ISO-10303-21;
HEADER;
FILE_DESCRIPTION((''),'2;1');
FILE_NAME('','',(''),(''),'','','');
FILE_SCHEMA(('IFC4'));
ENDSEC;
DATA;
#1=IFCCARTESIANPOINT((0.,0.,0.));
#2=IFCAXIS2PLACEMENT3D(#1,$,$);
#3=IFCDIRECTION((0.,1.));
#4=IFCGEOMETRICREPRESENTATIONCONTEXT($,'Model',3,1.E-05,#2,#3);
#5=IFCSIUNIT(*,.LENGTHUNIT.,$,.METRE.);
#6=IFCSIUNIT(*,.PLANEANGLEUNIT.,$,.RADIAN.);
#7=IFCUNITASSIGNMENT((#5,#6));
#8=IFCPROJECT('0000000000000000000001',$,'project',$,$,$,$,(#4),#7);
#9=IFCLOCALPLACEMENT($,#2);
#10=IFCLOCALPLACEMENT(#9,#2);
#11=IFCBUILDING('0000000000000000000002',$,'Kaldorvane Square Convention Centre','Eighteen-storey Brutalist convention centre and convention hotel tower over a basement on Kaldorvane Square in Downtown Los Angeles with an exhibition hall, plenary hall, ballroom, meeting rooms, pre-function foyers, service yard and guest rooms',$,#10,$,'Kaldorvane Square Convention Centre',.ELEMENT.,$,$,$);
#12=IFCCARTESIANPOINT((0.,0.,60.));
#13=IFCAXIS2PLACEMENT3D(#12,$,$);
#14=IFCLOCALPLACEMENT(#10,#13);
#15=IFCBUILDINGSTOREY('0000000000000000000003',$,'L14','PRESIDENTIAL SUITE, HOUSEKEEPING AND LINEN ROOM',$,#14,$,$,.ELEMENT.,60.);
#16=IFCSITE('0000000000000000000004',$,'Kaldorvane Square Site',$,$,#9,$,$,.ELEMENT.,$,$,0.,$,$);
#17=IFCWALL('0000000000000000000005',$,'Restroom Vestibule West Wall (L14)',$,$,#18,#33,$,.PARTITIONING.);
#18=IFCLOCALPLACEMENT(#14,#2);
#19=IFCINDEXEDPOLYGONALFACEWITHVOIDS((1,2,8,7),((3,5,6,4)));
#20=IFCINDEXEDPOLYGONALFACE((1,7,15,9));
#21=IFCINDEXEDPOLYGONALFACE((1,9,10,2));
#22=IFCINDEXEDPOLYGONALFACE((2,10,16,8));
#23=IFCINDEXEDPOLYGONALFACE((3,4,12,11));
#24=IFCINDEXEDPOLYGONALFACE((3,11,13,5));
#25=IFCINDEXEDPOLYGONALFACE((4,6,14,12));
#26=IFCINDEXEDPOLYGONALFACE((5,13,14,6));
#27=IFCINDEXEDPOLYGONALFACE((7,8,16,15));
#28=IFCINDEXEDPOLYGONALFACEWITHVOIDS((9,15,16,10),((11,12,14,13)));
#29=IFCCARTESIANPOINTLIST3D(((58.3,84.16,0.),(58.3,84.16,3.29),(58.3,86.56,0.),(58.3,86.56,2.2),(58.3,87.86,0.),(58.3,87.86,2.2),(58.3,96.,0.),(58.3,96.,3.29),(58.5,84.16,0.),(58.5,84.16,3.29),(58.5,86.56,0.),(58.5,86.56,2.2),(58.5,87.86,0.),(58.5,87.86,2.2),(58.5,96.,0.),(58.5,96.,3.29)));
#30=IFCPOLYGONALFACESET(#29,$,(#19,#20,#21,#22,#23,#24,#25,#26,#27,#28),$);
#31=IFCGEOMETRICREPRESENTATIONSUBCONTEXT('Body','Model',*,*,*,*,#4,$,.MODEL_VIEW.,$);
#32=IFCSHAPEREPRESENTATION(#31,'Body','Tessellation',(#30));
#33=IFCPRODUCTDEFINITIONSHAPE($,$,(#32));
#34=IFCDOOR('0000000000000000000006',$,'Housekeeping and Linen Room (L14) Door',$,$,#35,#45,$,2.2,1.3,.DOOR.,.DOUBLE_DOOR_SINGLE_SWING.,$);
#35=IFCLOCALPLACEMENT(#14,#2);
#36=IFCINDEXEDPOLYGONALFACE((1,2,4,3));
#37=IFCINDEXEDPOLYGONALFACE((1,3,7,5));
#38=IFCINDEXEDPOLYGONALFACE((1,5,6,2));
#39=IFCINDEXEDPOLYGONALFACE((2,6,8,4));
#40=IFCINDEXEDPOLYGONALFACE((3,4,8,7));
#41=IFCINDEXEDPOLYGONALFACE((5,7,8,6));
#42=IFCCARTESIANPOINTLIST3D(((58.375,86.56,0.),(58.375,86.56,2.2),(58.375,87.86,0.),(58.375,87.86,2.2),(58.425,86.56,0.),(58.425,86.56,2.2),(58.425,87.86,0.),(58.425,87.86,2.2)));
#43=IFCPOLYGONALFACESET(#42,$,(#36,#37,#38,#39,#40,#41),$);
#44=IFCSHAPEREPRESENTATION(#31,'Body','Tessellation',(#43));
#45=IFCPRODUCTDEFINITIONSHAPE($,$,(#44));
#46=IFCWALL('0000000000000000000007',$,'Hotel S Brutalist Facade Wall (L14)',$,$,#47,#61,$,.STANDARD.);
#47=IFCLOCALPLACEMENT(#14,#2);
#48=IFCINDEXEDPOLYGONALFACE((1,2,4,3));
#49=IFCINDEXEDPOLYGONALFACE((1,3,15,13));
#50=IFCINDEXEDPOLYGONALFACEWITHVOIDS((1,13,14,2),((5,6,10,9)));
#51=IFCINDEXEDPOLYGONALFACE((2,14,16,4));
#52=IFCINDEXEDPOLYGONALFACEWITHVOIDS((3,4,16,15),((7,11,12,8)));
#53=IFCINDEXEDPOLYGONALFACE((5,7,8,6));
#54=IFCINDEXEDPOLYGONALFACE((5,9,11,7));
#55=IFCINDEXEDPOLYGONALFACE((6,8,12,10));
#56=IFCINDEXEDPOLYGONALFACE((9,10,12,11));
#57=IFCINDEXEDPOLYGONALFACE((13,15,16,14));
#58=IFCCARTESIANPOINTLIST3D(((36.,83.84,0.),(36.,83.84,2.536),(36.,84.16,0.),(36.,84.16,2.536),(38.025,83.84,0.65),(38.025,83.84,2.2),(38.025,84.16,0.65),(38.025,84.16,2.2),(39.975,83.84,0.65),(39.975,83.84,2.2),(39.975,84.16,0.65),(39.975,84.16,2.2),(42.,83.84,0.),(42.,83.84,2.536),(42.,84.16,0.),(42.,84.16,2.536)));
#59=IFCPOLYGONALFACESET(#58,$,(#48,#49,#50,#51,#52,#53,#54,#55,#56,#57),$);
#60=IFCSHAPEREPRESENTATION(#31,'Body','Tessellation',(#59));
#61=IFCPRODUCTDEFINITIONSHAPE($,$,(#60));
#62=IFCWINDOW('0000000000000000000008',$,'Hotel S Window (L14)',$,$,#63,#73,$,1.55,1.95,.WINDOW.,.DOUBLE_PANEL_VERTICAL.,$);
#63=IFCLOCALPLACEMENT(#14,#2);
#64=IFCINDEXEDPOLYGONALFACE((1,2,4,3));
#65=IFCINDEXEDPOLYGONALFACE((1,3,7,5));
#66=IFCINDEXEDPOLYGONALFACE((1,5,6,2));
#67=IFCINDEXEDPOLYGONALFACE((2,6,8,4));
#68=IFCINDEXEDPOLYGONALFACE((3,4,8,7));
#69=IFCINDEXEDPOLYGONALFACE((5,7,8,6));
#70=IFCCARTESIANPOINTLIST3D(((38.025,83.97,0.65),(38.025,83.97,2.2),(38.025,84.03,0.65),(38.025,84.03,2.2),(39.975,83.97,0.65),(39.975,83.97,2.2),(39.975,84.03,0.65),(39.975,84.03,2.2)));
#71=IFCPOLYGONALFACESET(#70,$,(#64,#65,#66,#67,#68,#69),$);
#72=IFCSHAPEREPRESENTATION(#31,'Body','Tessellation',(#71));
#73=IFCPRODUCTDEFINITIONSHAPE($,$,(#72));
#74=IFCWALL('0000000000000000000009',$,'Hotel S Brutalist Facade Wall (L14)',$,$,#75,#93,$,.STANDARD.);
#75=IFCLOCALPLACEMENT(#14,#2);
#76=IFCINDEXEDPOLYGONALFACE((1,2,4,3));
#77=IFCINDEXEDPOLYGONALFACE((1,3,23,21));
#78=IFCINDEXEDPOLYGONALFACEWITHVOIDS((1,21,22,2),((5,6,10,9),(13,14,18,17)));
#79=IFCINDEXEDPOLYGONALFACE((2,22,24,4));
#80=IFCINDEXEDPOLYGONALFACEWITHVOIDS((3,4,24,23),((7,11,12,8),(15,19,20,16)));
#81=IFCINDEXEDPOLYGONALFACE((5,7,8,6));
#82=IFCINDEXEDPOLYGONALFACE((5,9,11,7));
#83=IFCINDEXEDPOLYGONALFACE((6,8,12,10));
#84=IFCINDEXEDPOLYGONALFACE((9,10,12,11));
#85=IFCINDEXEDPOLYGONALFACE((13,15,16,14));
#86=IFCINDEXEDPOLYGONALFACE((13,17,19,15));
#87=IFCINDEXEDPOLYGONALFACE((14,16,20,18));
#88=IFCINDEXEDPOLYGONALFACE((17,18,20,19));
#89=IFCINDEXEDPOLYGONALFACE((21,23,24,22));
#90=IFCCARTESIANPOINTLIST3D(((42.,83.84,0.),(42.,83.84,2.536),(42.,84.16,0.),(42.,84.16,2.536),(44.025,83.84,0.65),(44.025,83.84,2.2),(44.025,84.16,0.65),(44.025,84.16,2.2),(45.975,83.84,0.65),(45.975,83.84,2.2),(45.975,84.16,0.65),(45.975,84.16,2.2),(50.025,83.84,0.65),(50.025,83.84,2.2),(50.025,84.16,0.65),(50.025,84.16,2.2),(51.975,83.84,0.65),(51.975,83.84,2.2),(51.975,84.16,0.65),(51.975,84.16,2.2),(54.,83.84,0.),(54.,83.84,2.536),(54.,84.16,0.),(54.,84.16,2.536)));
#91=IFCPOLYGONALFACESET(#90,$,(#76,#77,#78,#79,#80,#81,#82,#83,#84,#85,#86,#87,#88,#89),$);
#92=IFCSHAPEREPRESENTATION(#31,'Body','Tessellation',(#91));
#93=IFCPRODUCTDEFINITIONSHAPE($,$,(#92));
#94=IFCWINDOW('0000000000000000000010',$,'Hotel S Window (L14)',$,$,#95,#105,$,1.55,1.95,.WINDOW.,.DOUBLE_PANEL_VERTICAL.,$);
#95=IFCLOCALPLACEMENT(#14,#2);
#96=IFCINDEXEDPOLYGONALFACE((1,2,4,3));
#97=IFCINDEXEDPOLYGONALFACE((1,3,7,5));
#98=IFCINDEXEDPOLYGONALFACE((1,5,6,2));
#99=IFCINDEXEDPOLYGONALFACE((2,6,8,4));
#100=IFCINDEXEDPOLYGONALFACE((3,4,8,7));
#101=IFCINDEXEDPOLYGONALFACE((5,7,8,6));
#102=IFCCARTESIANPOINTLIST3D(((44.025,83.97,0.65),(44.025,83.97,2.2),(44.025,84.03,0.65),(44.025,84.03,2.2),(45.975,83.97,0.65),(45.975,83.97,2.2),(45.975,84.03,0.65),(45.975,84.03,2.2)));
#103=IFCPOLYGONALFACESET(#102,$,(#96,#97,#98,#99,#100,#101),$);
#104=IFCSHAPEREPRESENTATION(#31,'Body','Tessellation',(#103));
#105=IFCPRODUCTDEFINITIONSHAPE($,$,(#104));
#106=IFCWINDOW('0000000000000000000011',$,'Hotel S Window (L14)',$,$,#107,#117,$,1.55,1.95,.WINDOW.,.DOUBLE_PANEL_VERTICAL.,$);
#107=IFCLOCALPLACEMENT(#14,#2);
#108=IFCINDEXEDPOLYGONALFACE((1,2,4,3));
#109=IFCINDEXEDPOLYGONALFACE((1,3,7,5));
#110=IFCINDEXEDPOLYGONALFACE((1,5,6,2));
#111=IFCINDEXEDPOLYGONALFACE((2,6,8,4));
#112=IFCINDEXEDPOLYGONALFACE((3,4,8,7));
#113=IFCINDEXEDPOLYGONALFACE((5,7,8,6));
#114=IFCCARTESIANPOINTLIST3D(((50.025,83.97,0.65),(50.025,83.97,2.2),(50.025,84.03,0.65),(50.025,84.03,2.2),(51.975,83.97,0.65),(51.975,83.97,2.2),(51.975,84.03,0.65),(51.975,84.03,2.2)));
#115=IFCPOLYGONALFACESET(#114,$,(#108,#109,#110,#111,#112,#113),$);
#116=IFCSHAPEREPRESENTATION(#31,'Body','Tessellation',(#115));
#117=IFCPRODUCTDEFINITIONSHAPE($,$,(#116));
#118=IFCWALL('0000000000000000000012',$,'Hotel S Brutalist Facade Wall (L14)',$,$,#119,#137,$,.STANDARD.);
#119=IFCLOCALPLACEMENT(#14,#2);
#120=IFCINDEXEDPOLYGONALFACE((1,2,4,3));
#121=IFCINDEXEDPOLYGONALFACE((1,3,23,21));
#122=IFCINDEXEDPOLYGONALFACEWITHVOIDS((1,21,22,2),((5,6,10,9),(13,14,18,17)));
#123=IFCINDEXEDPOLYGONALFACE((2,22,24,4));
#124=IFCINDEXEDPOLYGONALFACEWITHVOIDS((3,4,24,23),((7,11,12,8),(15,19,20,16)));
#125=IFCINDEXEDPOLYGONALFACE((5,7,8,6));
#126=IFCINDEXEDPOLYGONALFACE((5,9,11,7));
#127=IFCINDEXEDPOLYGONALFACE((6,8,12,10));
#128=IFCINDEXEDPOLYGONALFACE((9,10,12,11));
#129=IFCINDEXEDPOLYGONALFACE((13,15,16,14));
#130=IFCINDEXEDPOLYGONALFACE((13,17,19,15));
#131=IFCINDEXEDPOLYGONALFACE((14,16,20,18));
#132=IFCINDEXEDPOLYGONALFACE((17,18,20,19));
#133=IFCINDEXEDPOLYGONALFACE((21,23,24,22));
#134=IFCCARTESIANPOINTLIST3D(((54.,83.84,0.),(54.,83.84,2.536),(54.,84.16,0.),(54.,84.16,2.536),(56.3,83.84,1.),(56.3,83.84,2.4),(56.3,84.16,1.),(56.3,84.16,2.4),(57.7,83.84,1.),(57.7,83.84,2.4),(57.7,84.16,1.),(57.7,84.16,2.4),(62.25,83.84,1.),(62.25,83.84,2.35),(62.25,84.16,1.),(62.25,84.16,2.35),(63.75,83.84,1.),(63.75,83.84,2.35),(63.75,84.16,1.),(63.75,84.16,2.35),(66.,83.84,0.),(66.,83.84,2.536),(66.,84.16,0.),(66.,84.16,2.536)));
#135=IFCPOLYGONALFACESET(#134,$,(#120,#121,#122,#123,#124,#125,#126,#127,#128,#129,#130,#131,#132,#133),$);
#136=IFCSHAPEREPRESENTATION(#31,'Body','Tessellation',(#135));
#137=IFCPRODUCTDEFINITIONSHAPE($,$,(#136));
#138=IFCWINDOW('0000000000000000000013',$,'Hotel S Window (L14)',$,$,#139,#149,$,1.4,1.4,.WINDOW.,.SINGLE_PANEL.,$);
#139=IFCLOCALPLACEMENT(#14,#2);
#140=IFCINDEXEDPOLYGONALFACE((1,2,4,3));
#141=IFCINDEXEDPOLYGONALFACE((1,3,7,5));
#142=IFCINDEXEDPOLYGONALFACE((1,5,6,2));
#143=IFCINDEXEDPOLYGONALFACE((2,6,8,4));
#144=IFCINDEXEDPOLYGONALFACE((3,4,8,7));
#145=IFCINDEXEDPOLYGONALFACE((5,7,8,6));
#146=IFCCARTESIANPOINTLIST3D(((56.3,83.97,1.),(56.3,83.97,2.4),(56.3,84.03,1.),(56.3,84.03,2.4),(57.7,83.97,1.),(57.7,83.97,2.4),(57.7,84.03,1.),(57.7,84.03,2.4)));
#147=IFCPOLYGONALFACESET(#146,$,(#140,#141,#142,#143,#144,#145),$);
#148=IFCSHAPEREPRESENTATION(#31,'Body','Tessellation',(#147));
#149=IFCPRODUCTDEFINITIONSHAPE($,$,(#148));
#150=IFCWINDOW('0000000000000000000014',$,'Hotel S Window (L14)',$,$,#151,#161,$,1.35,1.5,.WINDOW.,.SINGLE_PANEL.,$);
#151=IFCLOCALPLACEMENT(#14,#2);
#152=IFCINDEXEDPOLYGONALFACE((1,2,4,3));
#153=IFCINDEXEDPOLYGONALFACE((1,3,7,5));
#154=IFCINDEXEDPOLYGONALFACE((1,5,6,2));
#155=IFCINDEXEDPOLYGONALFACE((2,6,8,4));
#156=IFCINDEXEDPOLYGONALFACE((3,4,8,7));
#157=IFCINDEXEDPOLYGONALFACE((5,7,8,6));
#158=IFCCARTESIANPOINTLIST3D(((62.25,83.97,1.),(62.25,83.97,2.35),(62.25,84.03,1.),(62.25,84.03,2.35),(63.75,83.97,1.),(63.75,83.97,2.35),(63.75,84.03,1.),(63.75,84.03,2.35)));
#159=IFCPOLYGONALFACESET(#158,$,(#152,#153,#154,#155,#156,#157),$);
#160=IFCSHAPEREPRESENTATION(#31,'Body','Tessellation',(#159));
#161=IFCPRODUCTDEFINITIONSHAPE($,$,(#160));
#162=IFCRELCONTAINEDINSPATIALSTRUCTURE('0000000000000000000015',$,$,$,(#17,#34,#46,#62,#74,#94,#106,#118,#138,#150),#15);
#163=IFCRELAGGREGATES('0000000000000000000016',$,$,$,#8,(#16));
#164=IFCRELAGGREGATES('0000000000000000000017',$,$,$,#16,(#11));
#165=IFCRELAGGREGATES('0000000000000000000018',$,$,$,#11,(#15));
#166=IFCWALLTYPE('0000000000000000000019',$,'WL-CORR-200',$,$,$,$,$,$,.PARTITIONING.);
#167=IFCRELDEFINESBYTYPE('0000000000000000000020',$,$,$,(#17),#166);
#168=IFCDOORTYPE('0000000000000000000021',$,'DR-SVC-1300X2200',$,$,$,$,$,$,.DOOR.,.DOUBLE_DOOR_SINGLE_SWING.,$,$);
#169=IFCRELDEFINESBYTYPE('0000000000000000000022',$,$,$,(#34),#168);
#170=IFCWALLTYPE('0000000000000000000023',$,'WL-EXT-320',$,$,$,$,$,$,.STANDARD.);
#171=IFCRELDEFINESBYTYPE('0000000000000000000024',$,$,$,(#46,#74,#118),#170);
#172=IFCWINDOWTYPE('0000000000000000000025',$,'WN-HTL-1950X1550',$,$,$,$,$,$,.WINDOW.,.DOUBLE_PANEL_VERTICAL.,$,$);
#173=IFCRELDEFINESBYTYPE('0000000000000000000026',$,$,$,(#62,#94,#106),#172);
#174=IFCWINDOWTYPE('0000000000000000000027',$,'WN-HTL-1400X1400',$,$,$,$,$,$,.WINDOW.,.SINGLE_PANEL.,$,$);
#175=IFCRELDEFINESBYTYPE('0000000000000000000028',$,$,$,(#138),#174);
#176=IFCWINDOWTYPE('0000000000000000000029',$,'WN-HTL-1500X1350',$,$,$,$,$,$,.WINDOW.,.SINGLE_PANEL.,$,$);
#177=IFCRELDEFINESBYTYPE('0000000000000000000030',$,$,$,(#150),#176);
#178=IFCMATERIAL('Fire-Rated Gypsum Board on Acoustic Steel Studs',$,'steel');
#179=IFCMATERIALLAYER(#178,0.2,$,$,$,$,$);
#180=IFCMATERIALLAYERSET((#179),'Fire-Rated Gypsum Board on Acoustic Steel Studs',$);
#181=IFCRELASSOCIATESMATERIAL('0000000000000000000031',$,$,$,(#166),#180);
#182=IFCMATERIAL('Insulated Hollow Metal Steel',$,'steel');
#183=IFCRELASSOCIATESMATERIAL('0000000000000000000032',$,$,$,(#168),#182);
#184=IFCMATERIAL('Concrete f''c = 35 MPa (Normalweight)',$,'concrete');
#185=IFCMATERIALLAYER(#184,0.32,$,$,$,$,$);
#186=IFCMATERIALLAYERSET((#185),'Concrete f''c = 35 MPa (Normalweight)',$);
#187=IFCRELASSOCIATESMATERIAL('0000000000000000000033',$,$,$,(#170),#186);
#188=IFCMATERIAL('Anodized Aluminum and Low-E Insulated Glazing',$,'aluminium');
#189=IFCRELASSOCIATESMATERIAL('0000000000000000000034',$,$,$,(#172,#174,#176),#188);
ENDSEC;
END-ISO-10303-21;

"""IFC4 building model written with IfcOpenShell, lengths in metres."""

from ifc_helpers import new_model, si_unit, direction, frame, frame_2d, origin, place, context, subcontext, project, spatial, rectangle, extrude, material, layer, layer_set, type_object, element, fill, save


model = new_model("IFC4")

# Units and contexts
model_context = context("Model", 3, precision=1e-05, world=origin(), true_north=direction((0.0, 1.0)))
body_context = subcontext(model_context, "Body", "Model", "MODEL_VIEW")
ifc_project = project(units=[si_unit("LENGTHUNIT", "METRE"), si_unit("PLANEANGLEUNIT", "RADIAN")], contexts=[model_context])

# Site, building, storey
site_placement = place(None, origin())
site = spatial("IfcSite", under=ifc_project, at=site_placement, Name="Kaldorvane Square Site", CompositionType="ELEMENT", RefElevation=0.0)
building_placement = place(site_placement, origin())
building = spatial("IfcBuilding", under=site, at=building_placement, Name="Kaldorvane Square Convention Centre", Description="Eighteen-storey Brutalist convention centre and convention hotel tower over a basement on Kaldorvane Square in Downtown Los Angeles with an exhibition hall, plenary hall, ballroom, meeting rooms, pre-function foyers, service yard and guest rooms", LongName="Kaldorvane Square Convention Centre", CompositionType="ELEMENT")
storey_placement = place(building_placement, frame((0.0, 0.0, 60.0)))
storey = spatial("IfcBuildingStorey", under=building, at=storey_placement, Name="L14", Description="PRESIDENTIAL SUITE, HOUSEKEEPING AND LINEN ROOM", CompositionType="ELEMENT", Elevation=60.0)

# Wall, opening, door
ifc_material_1 = material(Name="Fire-Rated Gypsum Board on Acoustic Steel Studs", Category="steel")
ifc_layer_1 = layer(ifc_material_1, 0.2)
ifc_layer_set_1 = layer_set([ifc_layer_1], Name="Fire-Rated Gypsum Board on Acoustic Steel Studs")
wall_type_1 = type_object("IfcWallType", Name="WL-CORR-200", PredefinedType="PARTITIONING", material=ifc_layer_set_1)
wall_1_placement = place(storey_placement, frame((58.4, 84.16, 0.0), z_axis=(0.0, 0.0, 1.0), x_axis=(0.0, 1.0, 0.0)))
wall_1 = element("IfcWall", 1, at=wall_1_placement, inside=storey, type_object=wall_type_1, Name="Restroom Vestibule West Wall (L14)", PredefinedType="PARTITIONING", context=body_context, shape_type="SweptSolid", body=[
    extrude(rectangle(XDim=11.84, YDim=0.2, at=frame_2d((5.92, 0.0))), origin(), (0.0, 0.0, 1.0), 3.29),
])
opening_1_placement = place(wall_1_placement, frame((2.4, 0.0, 0.0)))
opening_1 = element("IfcOpeningElement", 2, at=opening_1_placement, cuts=wall_1, PredefinedType="OPENING", context=body_context, shape_type="SweptSolid", body=[
    extrude(rectangle(XDim=1.3, YDim=2.2, at=frame_2d((0.65, 1.1))), frame((0.0, 0.115, 0.0), z_axis=(0.0, -1.0, 0.0), x_axis=(1.0, 0.0, 0.0)), (0.0, 0.0, 1.0), 0.23),
])
ifc_material_2 = material(Name="Insulated Hollow Metal Steel", Category="steel")
door_type = type_object("IfcDoorType", Name="DR-SVC-1300X2200", OperationType="DOUBLE_DOOR_SINGLE_SWING", PredefinedType="DOOR", material=ifc_material_2)
door_placement = place(opening_1_placement, origin())
door = element("IfcDoor", 3, at=door_placement, inside=storey, type_object=door_type, Name="Housekeeping and Linen Room (L14) Door", OperationType="DOUBLE_DOOR_SINGLE_SWING", OverallHeight=2.2, OverallWidth=1.3, PredefinedType="DOOR", context=body_context, shape_type="SweptSolid", body=[
    extrude(rectangle(XDim=1.3, YDim=2.2, at=frame_2d((0.65, 1.1))), frame((0.0, 0.025, 0.0), z_axis=(0.0, -1.0, 0.0), x_axis=(1.0, 0.0, 0.0)), (0.0, 0.0, 1.0), 0.05),
])
fill(opening_1, door)

# Wall, opening, window
ifc_material_3 = material(Name="Concrete f'c = 35 MPa (Normalweight)", Category="concrete")
ifc_layer_2 = layer(ifc_material_3, 0.32)
ifc_layer_set_2 = layer_set([ifc_layer_2], Name="Concrete f'c = 35 MPa (Normalweight)")
wall_type_2 = type_object("IfcWallType", Name="WL-EXT-320", PredefinedType="STANDARD", material=ifc_layer_set_2)
wall_2_placement = place(storey_placement, frame((36.0, 84.0, 0.0), z_axis=(0.0, 0.0, 1.0), x_axis=(1.0, 0.0, 0.0)))
wall_2 = element("IfcWall", 4, at=wall_2_placement, inside=storey, type_object=wall_type_2, Name="Hotel S Brutalist Facade Wall (L14)", PredefinedType="STANDARD", context=body_context, shape_type="SweptSolid", body=[
    extrude(rectangle(XDim=6.0, YDim=0.32, at=frame_2d((3.0, 0.0))), origin(), (0.0, 0.0, 1.0), 2.536),
])
opening_2_placement = place(wall_2_placement, frame((2.025, 0.0, 0.65)))
opening_2 = element("IfcOpeningElement", 5, at=opening_2_placement, cuts=wall_2, PredefinedType="OPENING", context=body_context, shape_type="SweptSolid", body=[
    extrude(rectangle(XDim=1.95, YDim=1.55, at=frame_2d((0.975, 0.775))), frame((0.0, 0.175, 0.0), z_axis=(0.0, -1.0, 0.0), x_axis=(1.0, 0.0, 0.0)), (0.0, 0.0, 1.0), 0.35),
])
ifc_material_4 = material(Name="Anodized Aluminum and Low-E Insulated Glazing", Category="aluminium")
window_type_1 = type_object("IfcWindowType", Name="WN-HTL-1950X1550", PartitioningType="DOUBLE_PANEL_VERTICAL", PredefinedType="WINDOW", material=ifc_material_4)
window_1_placement = place(opening_2_placement, origin())
window_1 = element("IfcWindow", 6, at=window_1_placement, inside=storey, type_object=window_type_1, Name="Hotel S Window (L14)", OverallHeight=1.55, OverallWidth=1.95, PartitioningType="DOUBLE_PANEL_VERTICAL", PredefinedType="WINDOW", context=body_context, shape_type="SweptSolid", body=[
    extrude(rectangle(XDim=1.95, YDim=1.55, at=frame_2d((0.975, 0.775))), frame((0.0, 0.03, 0.0), z_axis=(0.0, -1.0, 0.0), x_axis=(1.0, 0.0, 0.0)), (0.0, 0.0, 1.0), 0.06),
])
fill(opening_2, window_1)

# Walls, openings, windows
wall_3_placement = place(storey_placement, frame((42.0, 84.0, 0.0), z_axis=(0.0, 0.0, 1.0), x_axis=(1.0, 0.0, 0.0)))
wall_3 = element("IfcWall", 7, at=wall_3_placement, inside=storey, type_object=wall_type_2, Name="Hotel S Brutalist Facade Wall (L14)", PredefinedType="STANDARD", context=body_context, shape_type="SweptSolid", body=[
    extrude(rectangle(XDim=12.0, YDim=0.32, at=frame_2d((6.0, 0.0))), origin(), (0.0, 0.0, 1.0), 2.536),
])
opening_3_placement = place(wall_3_placement, frame((2.025, 0.0, 0.65)))
opening_3 = element("IfcOpeningElement", 8, at=opening_3_placement, cuts=wall_3, PredefinedType="OPENING", context=body_context, shape_type="SweptSolid", body=[
    extrude(rectangle(XDim=1.95, YDim=1.55, at=frame_2d((0.975, 0.775))), frame((0.0, 0.175, 0.0), z_axis=(0.0, -1.0, 0.0), x_axis=(1.0, 0.0, 0.0)), (0.0, 0.0, 1.0), 0.35),
])
opening_4_placement = place(wall_3_placement, frame((8.025, 0.0, 0.65)))
opening_4 = element("IfcOpeningElement", 9, at=opening_4_placement, cuts=wall_3, PredefinedType="OPENING", context=body_context, shape_type="SweptSolid", body=[
    extrude(rectangle(XDim=1.95, YDim=1.55, at=frame_2d((0.975, 0.775))), frame((0.0, 0.175, 0.0), z_axis=(0.0, -1.0, 0.0), x_axis=(1.0, 0.0, 0.0)), (0.0, 0.0, 1.0), 0.35),
])
window_2_placement = place(opening_3_placement, origin())
window_2 = element("IfcWindow", 10, at=window_2_placement, inside=storey, type_object=window_type_1, Name="Hotel S Window (L14)", OverallHeight=1.55, OverallWidth=1.95, PartitioningType="DOUBLE_PANEL_VERTICAL", PredefinedType="WINDOW", context=body_context, shape_type="SweptSolid", body=[
    extrude(rectangle(XDim=1.95, YDim=1.55, at=frame_2d((0.975, 0.775))), frame((0.0, 0.03, 0.0), z_axis=(0.0, -1.0, 0.0), x_axis=(1.0, 0.0, 0.0)), (0.0, 0.0, 1.0), 0.06),
])
fill(opening_3, window_2)
window_3_placement = place(opening_4_placement, origin())
window_3 = element("IfcWindow", 11, at=window_3_placement, inside=storey, type_object=window_type_1, Name="Hotel S Window (L14)", OverallHeight=1.55, OverallWidth=1.95, PartitioningType="DOUBLE_PANEL_VERTICAL", PredefinedType="WINDOW", context=body_context, shape_type="SweptSolid", body=[
    extrude(rectangle(XDim=1.95, YDim=1.55, at=frame_2d((0.975, 0.775))), frame((0.0, 0.03, 0.0), z_axis=(0.0, -1.0, 0.0), x_axis=(1.0, 0.0, 0.0)), (0.0, 0.0, 1.0), 0.06),
])
fill(opening_4, window_3)
wall_4_placement = place(storey_placement, frame((54.0, 84.0, 0.0), z_axis=(0.0, 0.0, 1.0), x_axis=(1.0, 0.0, 0.0)))
wall_4 = element("IfcWall", 12, at=wall_4_placement, inside=storey, type_object=wall_type_2, Name="Hotel S Brutalist Facade Wall (L14)", PredefinedType="STANDARD", context=body_context, shape_type="SweptSolid", body=[
    extrude(rectangle(XDim=12.0, YDim=0.32, at=frame_2d((6.0, 0.0))), origin(), (0.0, 0.0, 1.0), 2.536),
])
opening_5_placement = place(wall_4_placement, frame((2.3, 0.0, 1.0)))
opening_5 = element("IfcOpeningElement", 13, at=opening_5_placement, cuts=wall_4, PredefinedType="OPENING", context=body_context, shape_type="SweptSolid", body=[
    extrude(rectangle(XDim=1.4, YDim=1.4, at=frame_2d((0.7, 0.7))), frame((0.0, 0.175, 0.0), z_axis=(0.0, -1.0, 0.0), x_axis=(1.0, 0.0, 0.0)), (0.0, 0.0, 1.0), 0.35),
])
opening_6_placement = place(wall_4_placement, frame((8.25, 0.0, 1.0)))
opening_6 = element("IfcOpeningElement", 14, at=opening_6_placement, cuts=wall_4, PredefinedType="OPENING", context=body_context, shape_type="SweptSolid", body=[
    extrude(rectangle(XDim=1.5, YDim=1.35, at=frame_2d((0.75, 0.675))), frame((0.0, 0.175, 0.0), z_axis=(0.0, -1.0, 0.0), x_axis=(1.0, 0.0, 0.0)), (0.0, 0.0, 1.0), 0.35),
])
window_type_2 = type_object("IfcWindowType", Name="WN-HTL-1400X1400", PartitioningType="SINGLE_PANEL", PredefinedType="WINDOW", material=ifc_material_4)
window_4_placement = place(opening_5_placement, origin())
window_4 = element("IfcWindow", 15, at=window_4_placement, inside=storey, type_object=window_type_2, Name="Hotel S Window (L14)", OverallHeight=1.4, OverallWidth=1.4, PartitioningType="SINGLE_PANEL", PredefinedType="WINDOW", context=body_context, shape_type="SweptSolid", body=[
    extrude(rectangle(XDim=1.4, YDim=1.4, at=frame_2d((0.7, 0.7))), frame((0.0, 0.03, 0.0), z_axis=(0.0, -1.0, 0.0), x_axis=(1.0, 0.0, 0.0)), (0.0, 0.0, 1.0), 0.06),
])
fill(opening_5, window_4)
window_type_3 = type_object("IfcWindowType", Name="WN-HTL-1500X1350", PartitioningType="SINGLE_PANEL", PredefinedType="WINDOW", material=ifc_material_4)
window_5_placement = place(opening_6_placement, origin())
window_5 = element("IfcWindow", 16, at=window_5_placement, inside=storey, type_object=window_type_3, Name="Hotel S Window (L14)", OverallHeight=1.35, OverallWidth=1.5, PartitioningType="SINGLE_PANEL", PredefinedType="WINDOW", context=body_context, shape_type="SweptSolid", body=[
    extrude(rectangle(XDim=1.5, YDim=1.35, at=frame_2d((0.75, 0.675))), frame((0.0, 0.03, 0.0), z_axis=(0.0, -1.0, 0.0), x_axis=(1.0, 0.0, 0.0)), (0.0, 0.0, 1.0), 0.06),
])
fill(opening_6, window_5)

save(model, "model.ifc")
